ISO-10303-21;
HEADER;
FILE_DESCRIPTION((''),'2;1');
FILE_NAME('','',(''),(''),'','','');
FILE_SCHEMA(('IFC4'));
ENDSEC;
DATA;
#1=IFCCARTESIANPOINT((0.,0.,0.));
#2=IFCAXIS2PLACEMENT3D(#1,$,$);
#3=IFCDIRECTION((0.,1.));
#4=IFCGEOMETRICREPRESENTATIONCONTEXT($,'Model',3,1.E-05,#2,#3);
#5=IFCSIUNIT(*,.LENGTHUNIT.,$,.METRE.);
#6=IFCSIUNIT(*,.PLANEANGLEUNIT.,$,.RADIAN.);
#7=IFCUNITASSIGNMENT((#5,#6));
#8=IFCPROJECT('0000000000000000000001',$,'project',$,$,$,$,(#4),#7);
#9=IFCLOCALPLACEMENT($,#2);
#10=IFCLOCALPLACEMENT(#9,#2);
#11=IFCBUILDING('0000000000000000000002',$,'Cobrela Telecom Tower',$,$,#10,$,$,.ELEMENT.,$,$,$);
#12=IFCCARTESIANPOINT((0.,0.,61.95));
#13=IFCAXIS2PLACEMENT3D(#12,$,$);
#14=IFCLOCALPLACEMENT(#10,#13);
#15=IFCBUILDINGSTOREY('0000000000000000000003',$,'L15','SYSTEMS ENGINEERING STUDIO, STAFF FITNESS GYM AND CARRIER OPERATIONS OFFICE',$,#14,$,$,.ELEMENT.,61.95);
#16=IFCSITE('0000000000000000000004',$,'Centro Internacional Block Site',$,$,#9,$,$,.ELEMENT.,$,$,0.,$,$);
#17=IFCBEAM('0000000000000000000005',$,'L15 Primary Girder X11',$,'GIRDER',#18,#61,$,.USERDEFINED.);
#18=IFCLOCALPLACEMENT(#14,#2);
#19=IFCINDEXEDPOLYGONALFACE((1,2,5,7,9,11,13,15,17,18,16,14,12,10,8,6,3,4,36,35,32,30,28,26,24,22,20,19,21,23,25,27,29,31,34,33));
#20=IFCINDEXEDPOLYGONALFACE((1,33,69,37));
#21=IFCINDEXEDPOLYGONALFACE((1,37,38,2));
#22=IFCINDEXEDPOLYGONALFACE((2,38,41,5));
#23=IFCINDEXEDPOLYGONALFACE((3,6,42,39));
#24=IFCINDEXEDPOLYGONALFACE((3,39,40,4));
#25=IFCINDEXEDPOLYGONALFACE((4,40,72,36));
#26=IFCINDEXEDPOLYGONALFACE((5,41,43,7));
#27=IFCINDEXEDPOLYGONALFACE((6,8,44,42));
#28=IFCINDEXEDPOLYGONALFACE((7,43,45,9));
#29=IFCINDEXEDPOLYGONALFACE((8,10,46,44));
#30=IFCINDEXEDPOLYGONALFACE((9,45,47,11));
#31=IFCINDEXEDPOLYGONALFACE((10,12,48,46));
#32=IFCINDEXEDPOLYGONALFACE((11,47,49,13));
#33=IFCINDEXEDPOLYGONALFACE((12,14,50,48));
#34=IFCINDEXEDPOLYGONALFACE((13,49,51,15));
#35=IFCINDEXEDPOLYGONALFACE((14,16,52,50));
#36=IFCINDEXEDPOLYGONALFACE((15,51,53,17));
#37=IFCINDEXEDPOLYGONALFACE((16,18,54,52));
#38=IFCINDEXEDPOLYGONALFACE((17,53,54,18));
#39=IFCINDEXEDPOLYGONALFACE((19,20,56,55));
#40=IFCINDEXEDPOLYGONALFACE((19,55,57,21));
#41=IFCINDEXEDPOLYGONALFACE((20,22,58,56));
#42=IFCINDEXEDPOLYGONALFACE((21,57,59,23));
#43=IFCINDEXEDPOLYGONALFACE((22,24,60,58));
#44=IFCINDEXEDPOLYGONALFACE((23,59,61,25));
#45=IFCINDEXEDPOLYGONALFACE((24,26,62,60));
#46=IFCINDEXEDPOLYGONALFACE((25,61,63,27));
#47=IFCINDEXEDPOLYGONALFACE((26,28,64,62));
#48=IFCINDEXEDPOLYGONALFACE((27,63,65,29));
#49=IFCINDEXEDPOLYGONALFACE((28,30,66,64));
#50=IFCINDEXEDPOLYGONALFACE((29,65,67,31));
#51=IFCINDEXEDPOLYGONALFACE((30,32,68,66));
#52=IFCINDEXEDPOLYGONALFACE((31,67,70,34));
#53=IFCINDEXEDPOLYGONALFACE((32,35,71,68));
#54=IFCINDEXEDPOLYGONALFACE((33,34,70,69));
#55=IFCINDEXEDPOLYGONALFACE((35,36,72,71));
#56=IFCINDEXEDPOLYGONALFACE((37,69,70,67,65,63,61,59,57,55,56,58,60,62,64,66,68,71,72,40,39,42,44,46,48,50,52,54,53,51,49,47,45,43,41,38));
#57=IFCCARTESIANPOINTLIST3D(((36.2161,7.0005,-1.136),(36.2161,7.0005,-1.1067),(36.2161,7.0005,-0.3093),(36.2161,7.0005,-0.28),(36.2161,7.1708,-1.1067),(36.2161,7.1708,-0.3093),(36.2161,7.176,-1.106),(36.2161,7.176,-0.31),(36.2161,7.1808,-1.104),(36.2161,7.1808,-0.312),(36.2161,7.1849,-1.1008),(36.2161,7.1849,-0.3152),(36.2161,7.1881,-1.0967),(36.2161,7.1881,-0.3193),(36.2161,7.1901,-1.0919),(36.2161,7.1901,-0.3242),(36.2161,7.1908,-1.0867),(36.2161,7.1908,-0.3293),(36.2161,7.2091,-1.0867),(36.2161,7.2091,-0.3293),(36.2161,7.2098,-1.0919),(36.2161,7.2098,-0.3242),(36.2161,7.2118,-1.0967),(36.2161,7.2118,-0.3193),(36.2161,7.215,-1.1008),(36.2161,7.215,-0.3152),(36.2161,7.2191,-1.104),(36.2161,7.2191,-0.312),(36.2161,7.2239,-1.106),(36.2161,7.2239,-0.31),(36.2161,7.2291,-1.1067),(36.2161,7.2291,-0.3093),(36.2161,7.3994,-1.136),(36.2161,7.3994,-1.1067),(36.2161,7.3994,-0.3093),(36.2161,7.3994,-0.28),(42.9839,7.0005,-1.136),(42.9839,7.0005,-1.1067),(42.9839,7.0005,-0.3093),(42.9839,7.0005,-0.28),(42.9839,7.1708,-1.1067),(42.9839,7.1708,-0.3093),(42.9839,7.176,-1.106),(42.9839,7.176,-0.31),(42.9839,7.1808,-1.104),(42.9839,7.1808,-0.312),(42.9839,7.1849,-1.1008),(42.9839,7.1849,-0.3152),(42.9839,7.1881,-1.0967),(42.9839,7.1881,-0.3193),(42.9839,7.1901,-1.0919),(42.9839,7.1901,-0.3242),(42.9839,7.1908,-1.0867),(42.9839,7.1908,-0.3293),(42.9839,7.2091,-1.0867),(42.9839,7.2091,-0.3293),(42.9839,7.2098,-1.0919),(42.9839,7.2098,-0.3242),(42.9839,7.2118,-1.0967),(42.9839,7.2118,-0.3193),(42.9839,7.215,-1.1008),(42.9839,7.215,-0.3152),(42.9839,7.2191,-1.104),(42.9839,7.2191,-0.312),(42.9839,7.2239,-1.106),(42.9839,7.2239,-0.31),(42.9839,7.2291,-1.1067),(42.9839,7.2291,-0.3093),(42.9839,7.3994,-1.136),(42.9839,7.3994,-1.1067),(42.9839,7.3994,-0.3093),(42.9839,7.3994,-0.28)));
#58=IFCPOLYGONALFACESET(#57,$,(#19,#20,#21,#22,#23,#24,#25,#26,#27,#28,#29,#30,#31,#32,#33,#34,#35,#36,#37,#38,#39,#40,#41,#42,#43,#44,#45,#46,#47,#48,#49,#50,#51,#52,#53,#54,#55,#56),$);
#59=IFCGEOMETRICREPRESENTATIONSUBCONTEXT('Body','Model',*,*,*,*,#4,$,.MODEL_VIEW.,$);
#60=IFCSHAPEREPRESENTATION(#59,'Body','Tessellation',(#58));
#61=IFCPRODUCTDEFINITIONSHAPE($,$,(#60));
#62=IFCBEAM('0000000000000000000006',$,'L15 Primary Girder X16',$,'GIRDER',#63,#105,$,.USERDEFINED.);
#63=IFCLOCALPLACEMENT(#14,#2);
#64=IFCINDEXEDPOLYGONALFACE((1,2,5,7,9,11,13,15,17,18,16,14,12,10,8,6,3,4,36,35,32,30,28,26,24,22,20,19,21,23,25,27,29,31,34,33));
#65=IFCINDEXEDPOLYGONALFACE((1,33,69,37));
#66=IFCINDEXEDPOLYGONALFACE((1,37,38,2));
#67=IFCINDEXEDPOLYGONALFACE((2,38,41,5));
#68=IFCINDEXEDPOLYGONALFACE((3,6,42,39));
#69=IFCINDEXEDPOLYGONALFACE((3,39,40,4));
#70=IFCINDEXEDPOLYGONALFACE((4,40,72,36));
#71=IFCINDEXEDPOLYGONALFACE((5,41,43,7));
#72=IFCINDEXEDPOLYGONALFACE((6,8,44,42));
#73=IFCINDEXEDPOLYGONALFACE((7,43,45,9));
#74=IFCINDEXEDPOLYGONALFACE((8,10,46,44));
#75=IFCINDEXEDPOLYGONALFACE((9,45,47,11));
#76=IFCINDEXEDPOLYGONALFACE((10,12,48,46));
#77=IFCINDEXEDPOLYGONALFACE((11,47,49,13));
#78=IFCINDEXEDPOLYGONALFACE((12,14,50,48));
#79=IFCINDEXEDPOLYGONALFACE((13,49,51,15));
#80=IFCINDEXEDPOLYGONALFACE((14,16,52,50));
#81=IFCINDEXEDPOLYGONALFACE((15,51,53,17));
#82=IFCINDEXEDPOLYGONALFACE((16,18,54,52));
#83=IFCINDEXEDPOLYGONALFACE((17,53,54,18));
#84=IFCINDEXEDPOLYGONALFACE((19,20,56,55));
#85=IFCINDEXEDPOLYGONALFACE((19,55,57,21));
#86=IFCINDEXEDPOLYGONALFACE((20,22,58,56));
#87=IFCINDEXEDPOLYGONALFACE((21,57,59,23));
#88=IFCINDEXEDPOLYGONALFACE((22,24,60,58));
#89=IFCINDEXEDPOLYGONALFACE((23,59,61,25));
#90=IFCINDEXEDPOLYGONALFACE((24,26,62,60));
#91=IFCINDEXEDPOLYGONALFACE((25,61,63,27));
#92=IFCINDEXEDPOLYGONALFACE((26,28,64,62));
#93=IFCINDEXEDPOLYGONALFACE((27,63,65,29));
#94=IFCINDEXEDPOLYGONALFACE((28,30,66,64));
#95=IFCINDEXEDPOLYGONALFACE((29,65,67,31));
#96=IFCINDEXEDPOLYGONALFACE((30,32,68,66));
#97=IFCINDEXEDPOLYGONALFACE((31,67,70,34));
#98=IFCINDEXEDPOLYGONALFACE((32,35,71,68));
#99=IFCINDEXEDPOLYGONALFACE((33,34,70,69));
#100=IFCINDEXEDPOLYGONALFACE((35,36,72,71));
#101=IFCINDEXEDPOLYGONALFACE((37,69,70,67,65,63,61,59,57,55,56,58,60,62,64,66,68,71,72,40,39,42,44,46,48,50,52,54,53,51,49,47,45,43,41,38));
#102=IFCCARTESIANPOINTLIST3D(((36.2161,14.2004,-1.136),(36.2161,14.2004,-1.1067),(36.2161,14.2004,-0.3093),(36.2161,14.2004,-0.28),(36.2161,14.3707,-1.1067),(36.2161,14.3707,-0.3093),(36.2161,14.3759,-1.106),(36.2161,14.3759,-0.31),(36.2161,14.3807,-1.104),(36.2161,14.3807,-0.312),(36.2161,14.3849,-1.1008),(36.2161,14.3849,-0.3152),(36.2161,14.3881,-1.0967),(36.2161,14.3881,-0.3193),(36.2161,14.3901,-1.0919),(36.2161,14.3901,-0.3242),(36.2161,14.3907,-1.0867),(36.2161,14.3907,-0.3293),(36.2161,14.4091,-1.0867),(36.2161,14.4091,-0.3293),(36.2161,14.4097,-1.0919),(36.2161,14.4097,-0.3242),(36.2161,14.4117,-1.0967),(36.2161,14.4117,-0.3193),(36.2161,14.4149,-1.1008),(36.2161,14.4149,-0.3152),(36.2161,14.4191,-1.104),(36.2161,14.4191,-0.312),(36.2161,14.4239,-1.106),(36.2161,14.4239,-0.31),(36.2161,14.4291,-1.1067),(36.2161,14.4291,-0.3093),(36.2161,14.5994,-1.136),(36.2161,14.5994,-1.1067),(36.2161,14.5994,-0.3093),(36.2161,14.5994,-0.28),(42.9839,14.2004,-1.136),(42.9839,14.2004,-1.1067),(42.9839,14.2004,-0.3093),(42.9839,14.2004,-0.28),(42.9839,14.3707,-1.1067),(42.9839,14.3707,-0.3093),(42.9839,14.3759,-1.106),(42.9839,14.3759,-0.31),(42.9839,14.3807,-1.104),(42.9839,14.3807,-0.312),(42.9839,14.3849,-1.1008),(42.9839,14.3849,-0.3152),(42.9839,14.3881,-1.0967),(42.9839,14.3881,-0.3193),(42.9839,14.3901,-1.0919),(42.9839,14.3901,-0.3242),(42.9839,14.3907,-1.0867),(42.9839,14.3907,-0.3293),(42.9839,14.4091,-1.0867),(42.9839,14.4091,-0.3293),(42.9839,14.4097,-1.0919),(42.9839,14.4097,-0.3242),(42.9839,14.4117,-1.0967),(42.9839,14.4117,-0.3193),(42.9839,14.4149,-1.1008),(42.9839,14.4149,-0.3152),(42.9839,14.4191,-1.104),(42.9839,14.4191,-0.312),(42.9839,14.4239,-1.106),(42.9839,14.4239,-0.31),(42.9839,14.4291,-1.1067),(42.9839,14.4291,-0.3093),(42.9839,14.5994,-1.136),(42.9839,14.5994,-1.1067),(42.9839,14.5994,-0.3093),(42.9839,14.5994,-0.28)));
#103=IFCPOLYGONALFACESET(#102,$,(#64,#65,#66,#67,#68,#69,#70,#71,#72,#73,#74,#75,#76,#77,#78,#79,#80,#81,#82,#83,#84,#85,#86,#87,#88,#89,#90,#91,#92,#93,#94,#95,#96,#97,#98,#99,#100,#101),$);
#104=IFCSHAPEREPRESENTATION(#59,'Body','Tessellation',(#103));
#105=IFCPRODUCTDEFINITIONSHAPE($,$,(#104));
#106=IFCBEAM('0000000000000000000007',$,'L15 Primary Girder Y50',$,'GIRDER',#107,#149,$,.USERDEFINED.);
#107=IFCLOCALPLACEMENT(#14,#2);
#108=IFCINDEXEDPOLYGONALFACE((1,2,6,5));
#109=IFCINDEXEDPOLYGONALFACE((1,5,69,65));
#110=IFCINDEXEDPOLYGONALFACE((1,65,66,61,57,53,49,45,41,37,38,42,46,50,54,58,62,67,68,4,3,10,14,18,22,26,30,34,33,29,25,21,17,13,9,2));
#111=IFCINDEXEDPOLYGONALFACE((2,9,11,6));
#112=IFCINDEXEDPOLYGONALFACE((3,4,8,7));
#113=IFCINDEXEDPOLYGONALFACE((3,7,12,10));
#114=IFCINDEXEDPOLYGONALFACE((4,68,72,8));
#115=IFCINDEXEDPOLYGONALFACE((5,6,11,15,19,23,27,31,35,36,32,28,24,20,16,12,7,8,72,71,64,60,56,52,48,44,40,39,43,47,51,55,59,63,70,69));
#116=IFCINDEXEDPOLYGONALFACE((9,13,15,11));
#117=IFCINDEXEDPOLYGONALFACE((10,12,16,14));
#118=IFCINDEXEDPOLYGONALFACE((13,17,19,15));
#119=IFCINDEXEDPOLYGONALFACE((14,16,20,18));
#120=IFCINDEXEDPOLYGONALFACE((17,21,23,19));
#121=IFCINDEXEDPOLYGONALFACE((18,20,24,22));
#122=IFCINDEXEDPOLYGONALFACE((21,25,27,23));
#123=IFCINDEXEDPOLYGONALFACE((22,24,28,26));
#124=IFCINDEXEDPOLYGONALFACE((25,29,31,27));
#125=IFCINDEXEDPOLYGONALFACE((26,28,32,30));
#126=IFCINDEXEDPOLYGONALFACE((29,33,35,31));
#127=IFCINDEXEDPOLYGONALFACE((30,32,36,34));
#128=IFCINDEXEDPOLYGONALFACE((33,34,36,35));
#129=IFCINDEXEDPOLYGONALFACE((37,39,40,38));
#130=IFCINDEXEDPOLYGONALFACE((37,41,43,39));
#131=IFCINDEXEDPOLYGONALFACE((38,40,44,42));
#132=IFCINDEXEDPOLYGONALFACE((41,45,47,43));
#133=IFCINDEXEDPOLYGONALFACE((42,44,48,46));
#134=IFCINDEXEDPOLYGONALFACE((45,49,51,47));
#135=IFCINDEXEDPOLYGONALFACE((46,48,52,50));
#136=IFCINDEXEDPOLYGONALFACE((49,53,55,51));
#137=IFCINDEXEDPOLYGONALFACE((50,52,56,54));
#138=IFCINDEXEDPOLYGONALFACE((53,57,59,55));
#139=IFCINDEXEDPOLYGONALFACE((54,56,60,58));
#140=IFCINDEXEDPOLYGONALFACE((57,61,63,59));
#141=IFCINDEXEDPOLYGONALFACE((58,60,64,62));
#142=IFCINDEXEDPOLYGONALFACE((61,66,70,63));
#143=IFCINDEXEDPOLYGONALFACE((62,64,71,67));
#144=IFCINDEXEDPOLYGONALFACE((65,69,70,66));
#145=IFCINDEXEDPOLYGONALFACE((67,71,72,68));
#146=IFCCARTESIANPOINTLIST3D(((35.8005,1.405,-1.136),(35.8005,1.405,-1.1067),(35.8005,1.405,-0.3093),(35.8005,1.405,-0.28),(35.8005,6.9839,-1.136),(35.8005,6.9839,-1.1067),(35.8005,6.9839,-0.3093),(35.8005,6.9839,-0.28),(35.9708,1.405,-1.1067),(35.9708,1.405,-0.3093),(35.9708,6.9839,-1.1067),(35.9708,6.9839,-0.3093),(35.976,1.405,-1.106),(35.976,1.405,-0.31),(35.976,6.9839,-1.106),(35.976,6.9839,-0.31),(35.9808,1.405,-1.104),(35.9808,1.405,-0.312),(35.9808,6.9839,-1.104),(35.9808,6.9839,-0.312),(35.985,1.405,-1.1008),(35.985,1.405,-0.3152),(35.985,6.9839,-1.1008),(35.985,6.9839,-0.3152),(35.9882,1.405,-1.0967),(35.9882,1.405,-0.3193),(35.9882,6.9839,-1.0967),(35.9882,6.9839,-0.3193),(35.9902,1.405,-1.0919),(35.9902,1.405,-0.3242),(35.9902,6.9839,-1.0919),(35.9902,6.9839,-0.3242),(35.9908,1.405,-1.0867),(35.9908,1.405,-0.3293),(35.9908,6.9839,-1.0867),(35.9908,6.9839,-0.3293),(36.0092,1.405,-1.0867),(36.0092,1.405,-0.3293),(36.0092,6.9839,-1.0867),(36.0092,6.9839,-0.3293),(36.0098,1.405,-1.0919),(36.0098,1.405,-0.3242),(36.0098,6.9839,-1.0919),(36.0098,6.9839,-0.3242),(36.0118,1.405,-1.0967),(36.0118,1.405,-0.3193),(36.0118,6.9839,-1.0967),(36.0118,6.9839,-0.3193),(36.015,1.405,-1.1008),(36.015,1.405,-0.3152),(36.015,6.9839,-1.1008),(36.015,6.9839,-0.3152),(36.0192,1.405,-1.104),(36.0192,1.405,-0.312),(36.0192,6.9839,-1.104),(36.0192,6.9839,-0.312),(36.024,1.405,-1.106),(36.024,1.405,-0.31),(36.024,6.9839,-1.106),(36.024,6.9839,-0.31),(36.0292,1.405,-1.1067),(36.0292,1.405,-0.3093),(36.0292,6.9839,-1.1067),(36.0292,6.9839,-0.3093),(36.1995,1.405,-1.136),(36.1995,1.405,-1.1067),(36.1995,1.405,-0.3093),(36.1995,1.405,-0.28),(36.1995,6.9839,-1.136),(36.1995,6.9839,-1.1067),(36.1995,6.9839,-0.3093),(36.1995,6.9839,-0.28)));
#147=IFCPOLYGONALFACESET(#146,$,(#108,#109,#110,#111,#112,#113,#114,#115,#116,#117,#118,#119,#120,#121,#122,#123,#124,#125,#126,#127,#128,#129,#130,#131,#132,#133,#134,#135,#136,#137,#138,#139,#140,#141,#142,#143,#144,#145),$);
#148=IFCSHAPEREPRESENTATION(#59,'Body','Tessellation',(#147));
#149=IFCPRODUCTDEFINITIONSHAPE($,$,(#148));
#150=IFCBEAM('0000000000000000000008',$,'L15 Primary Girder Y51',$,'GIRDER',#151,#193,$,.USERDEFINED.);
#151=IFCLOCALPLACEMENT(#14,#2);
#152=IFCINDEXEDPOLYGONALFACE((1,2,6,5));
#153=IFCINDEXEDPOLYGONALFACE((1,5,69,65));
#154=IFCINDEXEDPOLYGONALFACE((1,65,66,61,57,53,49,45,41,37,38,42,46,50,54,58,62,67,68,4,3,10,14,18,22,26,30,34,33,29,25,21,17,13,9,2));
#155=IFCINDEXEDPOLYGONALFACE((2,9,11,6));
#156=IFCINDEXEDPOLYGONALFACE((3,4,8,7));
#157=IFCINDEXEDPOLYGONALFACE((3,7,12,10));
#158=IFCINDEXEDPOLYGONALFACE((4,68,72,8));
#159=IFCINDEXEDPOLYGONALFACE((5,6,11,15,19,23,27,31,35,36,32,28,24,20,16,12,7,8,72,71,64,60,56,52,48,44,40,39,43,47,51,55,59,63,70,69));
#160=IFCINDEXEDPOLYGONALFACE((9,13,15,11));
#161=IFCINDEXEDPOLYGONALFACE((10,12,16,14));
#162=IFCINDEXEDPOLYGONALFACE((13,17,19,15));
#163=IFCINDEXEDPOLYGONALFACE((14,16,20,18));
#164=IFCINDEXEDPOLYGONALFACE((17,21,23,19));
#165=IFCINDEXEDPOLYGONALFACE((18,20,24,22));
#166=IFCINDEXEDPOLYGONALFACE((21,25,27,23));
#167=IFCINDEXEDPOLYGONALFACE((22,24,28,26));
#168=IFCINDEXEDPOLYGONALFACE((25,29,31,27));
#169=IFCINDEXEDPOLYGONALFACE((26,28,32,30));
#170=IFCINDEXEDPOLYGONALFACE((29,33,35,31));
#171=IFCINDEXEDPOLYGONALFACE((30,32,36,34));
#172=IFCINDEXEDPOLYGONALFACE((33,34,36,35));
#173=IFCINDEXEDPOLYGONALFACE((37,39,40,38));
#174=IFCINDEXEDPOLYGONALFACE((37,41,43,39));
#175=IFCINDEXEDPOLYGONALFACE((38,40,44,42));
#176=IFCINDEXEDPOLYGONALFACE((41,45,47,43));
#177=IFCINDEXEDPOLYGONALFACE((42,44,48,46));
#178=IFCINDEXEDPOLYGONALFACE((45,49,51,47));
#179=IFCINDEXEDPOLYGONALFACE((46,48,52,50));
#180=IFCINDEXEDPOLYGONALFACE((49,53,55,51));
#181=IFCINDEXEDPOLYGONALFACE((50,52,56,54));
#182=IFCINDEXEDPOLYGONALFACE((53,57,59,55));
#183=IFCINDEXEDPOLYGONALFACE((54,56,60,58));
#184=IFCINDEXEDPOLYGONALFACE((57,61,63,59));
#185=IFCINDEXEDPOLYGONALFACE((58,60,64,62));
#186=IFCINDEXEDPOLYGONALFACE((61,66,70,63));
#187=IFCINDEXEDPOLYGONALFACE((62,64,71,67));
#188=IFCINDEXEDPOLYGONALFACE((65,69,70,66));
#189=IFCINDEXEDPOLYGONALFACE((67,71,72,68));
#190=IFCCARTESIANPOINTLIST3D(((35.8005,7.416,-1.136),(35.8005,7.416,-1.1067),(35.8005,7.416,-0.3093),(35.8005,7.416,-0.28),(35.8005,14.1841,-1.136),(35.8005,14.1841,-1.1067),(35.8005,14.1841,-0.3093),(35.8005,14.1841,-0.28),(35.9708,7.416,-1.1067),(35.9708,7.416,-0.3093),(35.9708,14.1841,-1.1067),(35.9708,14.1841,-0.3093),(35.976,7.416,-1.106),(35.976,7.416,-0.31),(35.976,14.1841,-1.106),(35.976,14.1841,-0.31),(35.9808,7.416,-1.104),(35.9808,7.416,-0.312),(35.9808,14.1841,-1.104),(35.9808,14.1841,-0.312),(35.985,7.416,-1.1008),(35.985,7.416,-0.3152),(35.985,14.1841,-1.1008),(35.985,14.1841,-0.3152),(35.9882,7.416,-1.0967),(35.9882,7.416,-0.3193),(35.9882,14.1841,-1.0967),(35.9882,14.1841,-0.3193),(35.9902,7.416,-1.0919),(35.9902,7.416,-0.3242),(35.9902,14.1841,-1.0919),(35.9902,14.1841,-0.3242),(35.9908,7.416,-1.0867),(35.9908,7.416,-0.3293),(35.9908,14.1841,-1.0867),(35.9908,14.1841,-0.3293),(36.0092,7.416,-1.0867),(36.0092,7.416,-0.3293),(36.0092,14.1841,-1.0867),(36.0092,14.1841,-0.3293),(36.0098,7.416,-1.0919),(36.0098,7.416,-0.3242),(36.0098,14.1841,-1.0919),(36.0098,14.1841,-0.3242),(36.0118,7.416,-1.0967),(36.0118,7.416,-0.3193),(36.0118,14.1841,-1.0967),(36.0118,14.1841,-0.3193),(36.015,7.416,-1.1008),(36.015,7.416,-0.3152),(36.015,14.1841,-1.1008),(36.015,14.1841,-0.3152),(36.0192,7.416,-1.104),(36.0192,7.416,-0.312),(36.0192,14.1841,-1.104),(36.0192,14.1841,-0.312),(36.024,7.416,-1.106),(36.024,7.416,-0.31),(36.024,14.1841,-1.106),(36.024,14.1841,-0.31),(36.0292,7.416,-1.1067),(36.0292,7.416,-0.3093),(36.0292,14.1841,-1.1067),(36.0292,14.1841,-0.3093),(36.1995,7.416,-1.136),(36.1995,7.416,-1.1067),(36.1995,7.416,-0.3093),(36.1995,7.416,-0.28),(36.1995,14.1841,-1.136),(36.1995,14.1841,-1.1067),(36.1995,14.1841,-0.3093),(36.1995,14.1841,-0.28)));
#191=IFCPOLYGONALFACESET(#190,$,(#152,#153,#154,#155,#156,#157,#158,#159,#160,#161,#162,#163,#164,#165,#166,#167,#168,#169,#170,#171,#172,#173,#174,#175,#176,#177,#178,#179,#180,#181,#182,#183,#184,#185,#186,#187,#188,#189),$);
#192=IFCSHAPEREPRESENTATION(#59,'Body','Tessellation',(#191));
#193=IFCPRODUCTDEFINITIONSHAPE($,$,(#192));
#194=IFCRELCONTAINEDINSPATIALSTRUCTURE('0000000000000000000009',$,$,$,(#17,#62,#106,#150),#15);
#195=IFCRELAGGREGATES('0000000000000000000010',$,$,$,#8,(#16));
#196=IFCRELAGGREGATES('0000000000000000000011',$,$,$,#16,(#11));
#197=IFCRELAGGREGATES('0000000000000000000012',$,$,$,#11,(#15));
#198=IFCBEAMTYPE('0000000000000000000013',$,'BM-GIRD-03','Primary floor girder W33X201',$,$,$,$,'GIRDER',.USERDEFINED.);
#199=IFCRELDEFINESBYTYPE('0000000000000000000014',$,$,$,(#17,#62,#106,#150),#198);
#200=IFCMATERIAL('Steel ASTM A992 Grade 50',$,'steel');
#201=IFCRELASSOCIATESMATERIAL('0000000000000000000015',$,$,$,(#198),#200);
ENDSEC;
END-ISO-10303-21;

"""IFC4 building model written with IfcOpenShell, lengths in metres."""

from ifc_helpers import new_model, si_unit, direction, frame, origin, origin_2d, place, context, subcontext, project, spatial, i_section, extrude, material, material_profile, profile_set, type_object, element, save


model = new_model("IFC4")

# Units and contexts
model_context = context("Model", 3, precision=1e-05, world=origin(), true_north=direction((0.0, 1.0)))
body_context = subcontext(model_context, "Body", "Model", "MODEL_VIEW")
ifc_project = project(units=[si_unit("LENGTHUNIT", "METRE"), si_unit("PLANEANGLEUNIT", "RADIAN")], contexts=[model_context])

# Site, building, storey
site_placement = place(None, origin())
site = spatial("IfcSite", under=ifc_project, at=site_placement, Name="Centro Internacional Block Site", CompositionType="ELEMENT", RefElevation=0.0)
building_placement = place(site_placement, origin())
building = spatial("IfcBuilding", under=site, at=building_placement, Name="Cobrela Telecom Tower", CompositionType="ELEMENT")
storey_placement = place(building_placement, frame((0.0, 0.0, 61.95)))
storey = spatial("IfcBuildingStorey", under=building, at=storey_placement, Name="L15", Description="SYSTEMS ENGINEERING STUDIO, STAFF FITNESS GYM AND CARRIER OPERATIONS OFFICE", CompositionType="ELEMENT", Elevation=61.95)

# Shared definitions
ifc_material_1 = material(Name="Steel ASTM A992 Grade 50", Category="steel")

# Beams
ifc_material_profile_1 = material_profile(ifc_material_1, i_section(OverallWidth=0.3989, OverallDepth=0.856, WebThickness=0.0183, FlangeThickness=0.0293, FilletRadius=0.02, at=origin_2d()), Name="W33X201")
ifc_profile_set_1 = profile_set([ifc_material_profile_1], Name="Steel ASTM A992 Grade 50")
beam_type_1 = type_object("IfcBeamType", Name="BM-GIRD-03", Description="Primary floor girder W33X201", ElementType="GIRDER", PredefinedType="USERDEFINED", material=ifc_profile_set_1)
for number, where, z_axis, x_axis, name in (
    (1, (36.2161, 7.2, -0.708), (1.0, 0.0, 0.0), (0.0, 1.0, 0.0), "L15 Primary Girder X11"),
    (2, (36.2161, 14.3999, -0.708), (1.0, 0.0, 0.0), (0.0, 1.0, 0.0), "L15 Primary Girder X16"),
):
    element("IfcBeam", number, at=place(storey_placement, frame(where, z_axis=z_axis, x_axis=x_axis)), inside=storey, type_object=beam_type_1, Name=name, ObjectType="GIRDER", PredefinedType="USERDEFINED", context=body_context, shape_type="SweptSolid", body=[
        extrude(i_section(OverallWidth=0.3989, OverallDepth=0.856, WebThickness=0.0183, FlangeThickness=0.0293, FilletRadius=0.02, at=origin_2d()), origin(), (0.0, 0.0, 1.0), 6.7678),
    ])
beam_1_placement = place(storey_placement, frame((36.0, 1.405, -0.708), z_axis=(0.0, 1.0, 0.0), x_axis=(-1.0, 0.0, 0.0)))
element("IfcBeam", 3, at=beam_1_placement, inside=storey, type_object=beam_type_1, Name="L15 Primary Girder Y50", ObjectType="GIRDER", PredefinedType="USERDEFINED", context=body_context, shape_type="SweptSolid", body=[
    extrude(i_section(OverallWidth=0.3989, OverallDepth=0.856, WebThickness=0.0183, FlangeThickness=0.0293, FilletRadius=0.02, at=origin_2d()), origin(), (0.0, 0.0, 1.0), 5.5789),
])
beam_2_placement = place(storey_placement, frame((36.0, 7.416, -0.708), z_axis=(0.0, 1.0, 0.0), x_axis=(-1.0, 0.0, 0.0)))
element("IfcBeam", 4, at=beam_2_placement, inside=storey, type_object=beam_type_1, Name="L15 Primary Girder Y51", ObjectType="GIRDER", PredefinedType="USERDEFINED", context=body_context, shape_type="SweptSolid", body=[
    extrude(i_section(OverallWidth=0.3989, OverallDepth=0.856, WebThickness=0.0183, FlangeThickness=0.0293, FilletRadius=0.02, at=origin_2d()), origin(), (0.0, 0.0, 1.0), 6.7681),
])

save(model, "model.ifc")
